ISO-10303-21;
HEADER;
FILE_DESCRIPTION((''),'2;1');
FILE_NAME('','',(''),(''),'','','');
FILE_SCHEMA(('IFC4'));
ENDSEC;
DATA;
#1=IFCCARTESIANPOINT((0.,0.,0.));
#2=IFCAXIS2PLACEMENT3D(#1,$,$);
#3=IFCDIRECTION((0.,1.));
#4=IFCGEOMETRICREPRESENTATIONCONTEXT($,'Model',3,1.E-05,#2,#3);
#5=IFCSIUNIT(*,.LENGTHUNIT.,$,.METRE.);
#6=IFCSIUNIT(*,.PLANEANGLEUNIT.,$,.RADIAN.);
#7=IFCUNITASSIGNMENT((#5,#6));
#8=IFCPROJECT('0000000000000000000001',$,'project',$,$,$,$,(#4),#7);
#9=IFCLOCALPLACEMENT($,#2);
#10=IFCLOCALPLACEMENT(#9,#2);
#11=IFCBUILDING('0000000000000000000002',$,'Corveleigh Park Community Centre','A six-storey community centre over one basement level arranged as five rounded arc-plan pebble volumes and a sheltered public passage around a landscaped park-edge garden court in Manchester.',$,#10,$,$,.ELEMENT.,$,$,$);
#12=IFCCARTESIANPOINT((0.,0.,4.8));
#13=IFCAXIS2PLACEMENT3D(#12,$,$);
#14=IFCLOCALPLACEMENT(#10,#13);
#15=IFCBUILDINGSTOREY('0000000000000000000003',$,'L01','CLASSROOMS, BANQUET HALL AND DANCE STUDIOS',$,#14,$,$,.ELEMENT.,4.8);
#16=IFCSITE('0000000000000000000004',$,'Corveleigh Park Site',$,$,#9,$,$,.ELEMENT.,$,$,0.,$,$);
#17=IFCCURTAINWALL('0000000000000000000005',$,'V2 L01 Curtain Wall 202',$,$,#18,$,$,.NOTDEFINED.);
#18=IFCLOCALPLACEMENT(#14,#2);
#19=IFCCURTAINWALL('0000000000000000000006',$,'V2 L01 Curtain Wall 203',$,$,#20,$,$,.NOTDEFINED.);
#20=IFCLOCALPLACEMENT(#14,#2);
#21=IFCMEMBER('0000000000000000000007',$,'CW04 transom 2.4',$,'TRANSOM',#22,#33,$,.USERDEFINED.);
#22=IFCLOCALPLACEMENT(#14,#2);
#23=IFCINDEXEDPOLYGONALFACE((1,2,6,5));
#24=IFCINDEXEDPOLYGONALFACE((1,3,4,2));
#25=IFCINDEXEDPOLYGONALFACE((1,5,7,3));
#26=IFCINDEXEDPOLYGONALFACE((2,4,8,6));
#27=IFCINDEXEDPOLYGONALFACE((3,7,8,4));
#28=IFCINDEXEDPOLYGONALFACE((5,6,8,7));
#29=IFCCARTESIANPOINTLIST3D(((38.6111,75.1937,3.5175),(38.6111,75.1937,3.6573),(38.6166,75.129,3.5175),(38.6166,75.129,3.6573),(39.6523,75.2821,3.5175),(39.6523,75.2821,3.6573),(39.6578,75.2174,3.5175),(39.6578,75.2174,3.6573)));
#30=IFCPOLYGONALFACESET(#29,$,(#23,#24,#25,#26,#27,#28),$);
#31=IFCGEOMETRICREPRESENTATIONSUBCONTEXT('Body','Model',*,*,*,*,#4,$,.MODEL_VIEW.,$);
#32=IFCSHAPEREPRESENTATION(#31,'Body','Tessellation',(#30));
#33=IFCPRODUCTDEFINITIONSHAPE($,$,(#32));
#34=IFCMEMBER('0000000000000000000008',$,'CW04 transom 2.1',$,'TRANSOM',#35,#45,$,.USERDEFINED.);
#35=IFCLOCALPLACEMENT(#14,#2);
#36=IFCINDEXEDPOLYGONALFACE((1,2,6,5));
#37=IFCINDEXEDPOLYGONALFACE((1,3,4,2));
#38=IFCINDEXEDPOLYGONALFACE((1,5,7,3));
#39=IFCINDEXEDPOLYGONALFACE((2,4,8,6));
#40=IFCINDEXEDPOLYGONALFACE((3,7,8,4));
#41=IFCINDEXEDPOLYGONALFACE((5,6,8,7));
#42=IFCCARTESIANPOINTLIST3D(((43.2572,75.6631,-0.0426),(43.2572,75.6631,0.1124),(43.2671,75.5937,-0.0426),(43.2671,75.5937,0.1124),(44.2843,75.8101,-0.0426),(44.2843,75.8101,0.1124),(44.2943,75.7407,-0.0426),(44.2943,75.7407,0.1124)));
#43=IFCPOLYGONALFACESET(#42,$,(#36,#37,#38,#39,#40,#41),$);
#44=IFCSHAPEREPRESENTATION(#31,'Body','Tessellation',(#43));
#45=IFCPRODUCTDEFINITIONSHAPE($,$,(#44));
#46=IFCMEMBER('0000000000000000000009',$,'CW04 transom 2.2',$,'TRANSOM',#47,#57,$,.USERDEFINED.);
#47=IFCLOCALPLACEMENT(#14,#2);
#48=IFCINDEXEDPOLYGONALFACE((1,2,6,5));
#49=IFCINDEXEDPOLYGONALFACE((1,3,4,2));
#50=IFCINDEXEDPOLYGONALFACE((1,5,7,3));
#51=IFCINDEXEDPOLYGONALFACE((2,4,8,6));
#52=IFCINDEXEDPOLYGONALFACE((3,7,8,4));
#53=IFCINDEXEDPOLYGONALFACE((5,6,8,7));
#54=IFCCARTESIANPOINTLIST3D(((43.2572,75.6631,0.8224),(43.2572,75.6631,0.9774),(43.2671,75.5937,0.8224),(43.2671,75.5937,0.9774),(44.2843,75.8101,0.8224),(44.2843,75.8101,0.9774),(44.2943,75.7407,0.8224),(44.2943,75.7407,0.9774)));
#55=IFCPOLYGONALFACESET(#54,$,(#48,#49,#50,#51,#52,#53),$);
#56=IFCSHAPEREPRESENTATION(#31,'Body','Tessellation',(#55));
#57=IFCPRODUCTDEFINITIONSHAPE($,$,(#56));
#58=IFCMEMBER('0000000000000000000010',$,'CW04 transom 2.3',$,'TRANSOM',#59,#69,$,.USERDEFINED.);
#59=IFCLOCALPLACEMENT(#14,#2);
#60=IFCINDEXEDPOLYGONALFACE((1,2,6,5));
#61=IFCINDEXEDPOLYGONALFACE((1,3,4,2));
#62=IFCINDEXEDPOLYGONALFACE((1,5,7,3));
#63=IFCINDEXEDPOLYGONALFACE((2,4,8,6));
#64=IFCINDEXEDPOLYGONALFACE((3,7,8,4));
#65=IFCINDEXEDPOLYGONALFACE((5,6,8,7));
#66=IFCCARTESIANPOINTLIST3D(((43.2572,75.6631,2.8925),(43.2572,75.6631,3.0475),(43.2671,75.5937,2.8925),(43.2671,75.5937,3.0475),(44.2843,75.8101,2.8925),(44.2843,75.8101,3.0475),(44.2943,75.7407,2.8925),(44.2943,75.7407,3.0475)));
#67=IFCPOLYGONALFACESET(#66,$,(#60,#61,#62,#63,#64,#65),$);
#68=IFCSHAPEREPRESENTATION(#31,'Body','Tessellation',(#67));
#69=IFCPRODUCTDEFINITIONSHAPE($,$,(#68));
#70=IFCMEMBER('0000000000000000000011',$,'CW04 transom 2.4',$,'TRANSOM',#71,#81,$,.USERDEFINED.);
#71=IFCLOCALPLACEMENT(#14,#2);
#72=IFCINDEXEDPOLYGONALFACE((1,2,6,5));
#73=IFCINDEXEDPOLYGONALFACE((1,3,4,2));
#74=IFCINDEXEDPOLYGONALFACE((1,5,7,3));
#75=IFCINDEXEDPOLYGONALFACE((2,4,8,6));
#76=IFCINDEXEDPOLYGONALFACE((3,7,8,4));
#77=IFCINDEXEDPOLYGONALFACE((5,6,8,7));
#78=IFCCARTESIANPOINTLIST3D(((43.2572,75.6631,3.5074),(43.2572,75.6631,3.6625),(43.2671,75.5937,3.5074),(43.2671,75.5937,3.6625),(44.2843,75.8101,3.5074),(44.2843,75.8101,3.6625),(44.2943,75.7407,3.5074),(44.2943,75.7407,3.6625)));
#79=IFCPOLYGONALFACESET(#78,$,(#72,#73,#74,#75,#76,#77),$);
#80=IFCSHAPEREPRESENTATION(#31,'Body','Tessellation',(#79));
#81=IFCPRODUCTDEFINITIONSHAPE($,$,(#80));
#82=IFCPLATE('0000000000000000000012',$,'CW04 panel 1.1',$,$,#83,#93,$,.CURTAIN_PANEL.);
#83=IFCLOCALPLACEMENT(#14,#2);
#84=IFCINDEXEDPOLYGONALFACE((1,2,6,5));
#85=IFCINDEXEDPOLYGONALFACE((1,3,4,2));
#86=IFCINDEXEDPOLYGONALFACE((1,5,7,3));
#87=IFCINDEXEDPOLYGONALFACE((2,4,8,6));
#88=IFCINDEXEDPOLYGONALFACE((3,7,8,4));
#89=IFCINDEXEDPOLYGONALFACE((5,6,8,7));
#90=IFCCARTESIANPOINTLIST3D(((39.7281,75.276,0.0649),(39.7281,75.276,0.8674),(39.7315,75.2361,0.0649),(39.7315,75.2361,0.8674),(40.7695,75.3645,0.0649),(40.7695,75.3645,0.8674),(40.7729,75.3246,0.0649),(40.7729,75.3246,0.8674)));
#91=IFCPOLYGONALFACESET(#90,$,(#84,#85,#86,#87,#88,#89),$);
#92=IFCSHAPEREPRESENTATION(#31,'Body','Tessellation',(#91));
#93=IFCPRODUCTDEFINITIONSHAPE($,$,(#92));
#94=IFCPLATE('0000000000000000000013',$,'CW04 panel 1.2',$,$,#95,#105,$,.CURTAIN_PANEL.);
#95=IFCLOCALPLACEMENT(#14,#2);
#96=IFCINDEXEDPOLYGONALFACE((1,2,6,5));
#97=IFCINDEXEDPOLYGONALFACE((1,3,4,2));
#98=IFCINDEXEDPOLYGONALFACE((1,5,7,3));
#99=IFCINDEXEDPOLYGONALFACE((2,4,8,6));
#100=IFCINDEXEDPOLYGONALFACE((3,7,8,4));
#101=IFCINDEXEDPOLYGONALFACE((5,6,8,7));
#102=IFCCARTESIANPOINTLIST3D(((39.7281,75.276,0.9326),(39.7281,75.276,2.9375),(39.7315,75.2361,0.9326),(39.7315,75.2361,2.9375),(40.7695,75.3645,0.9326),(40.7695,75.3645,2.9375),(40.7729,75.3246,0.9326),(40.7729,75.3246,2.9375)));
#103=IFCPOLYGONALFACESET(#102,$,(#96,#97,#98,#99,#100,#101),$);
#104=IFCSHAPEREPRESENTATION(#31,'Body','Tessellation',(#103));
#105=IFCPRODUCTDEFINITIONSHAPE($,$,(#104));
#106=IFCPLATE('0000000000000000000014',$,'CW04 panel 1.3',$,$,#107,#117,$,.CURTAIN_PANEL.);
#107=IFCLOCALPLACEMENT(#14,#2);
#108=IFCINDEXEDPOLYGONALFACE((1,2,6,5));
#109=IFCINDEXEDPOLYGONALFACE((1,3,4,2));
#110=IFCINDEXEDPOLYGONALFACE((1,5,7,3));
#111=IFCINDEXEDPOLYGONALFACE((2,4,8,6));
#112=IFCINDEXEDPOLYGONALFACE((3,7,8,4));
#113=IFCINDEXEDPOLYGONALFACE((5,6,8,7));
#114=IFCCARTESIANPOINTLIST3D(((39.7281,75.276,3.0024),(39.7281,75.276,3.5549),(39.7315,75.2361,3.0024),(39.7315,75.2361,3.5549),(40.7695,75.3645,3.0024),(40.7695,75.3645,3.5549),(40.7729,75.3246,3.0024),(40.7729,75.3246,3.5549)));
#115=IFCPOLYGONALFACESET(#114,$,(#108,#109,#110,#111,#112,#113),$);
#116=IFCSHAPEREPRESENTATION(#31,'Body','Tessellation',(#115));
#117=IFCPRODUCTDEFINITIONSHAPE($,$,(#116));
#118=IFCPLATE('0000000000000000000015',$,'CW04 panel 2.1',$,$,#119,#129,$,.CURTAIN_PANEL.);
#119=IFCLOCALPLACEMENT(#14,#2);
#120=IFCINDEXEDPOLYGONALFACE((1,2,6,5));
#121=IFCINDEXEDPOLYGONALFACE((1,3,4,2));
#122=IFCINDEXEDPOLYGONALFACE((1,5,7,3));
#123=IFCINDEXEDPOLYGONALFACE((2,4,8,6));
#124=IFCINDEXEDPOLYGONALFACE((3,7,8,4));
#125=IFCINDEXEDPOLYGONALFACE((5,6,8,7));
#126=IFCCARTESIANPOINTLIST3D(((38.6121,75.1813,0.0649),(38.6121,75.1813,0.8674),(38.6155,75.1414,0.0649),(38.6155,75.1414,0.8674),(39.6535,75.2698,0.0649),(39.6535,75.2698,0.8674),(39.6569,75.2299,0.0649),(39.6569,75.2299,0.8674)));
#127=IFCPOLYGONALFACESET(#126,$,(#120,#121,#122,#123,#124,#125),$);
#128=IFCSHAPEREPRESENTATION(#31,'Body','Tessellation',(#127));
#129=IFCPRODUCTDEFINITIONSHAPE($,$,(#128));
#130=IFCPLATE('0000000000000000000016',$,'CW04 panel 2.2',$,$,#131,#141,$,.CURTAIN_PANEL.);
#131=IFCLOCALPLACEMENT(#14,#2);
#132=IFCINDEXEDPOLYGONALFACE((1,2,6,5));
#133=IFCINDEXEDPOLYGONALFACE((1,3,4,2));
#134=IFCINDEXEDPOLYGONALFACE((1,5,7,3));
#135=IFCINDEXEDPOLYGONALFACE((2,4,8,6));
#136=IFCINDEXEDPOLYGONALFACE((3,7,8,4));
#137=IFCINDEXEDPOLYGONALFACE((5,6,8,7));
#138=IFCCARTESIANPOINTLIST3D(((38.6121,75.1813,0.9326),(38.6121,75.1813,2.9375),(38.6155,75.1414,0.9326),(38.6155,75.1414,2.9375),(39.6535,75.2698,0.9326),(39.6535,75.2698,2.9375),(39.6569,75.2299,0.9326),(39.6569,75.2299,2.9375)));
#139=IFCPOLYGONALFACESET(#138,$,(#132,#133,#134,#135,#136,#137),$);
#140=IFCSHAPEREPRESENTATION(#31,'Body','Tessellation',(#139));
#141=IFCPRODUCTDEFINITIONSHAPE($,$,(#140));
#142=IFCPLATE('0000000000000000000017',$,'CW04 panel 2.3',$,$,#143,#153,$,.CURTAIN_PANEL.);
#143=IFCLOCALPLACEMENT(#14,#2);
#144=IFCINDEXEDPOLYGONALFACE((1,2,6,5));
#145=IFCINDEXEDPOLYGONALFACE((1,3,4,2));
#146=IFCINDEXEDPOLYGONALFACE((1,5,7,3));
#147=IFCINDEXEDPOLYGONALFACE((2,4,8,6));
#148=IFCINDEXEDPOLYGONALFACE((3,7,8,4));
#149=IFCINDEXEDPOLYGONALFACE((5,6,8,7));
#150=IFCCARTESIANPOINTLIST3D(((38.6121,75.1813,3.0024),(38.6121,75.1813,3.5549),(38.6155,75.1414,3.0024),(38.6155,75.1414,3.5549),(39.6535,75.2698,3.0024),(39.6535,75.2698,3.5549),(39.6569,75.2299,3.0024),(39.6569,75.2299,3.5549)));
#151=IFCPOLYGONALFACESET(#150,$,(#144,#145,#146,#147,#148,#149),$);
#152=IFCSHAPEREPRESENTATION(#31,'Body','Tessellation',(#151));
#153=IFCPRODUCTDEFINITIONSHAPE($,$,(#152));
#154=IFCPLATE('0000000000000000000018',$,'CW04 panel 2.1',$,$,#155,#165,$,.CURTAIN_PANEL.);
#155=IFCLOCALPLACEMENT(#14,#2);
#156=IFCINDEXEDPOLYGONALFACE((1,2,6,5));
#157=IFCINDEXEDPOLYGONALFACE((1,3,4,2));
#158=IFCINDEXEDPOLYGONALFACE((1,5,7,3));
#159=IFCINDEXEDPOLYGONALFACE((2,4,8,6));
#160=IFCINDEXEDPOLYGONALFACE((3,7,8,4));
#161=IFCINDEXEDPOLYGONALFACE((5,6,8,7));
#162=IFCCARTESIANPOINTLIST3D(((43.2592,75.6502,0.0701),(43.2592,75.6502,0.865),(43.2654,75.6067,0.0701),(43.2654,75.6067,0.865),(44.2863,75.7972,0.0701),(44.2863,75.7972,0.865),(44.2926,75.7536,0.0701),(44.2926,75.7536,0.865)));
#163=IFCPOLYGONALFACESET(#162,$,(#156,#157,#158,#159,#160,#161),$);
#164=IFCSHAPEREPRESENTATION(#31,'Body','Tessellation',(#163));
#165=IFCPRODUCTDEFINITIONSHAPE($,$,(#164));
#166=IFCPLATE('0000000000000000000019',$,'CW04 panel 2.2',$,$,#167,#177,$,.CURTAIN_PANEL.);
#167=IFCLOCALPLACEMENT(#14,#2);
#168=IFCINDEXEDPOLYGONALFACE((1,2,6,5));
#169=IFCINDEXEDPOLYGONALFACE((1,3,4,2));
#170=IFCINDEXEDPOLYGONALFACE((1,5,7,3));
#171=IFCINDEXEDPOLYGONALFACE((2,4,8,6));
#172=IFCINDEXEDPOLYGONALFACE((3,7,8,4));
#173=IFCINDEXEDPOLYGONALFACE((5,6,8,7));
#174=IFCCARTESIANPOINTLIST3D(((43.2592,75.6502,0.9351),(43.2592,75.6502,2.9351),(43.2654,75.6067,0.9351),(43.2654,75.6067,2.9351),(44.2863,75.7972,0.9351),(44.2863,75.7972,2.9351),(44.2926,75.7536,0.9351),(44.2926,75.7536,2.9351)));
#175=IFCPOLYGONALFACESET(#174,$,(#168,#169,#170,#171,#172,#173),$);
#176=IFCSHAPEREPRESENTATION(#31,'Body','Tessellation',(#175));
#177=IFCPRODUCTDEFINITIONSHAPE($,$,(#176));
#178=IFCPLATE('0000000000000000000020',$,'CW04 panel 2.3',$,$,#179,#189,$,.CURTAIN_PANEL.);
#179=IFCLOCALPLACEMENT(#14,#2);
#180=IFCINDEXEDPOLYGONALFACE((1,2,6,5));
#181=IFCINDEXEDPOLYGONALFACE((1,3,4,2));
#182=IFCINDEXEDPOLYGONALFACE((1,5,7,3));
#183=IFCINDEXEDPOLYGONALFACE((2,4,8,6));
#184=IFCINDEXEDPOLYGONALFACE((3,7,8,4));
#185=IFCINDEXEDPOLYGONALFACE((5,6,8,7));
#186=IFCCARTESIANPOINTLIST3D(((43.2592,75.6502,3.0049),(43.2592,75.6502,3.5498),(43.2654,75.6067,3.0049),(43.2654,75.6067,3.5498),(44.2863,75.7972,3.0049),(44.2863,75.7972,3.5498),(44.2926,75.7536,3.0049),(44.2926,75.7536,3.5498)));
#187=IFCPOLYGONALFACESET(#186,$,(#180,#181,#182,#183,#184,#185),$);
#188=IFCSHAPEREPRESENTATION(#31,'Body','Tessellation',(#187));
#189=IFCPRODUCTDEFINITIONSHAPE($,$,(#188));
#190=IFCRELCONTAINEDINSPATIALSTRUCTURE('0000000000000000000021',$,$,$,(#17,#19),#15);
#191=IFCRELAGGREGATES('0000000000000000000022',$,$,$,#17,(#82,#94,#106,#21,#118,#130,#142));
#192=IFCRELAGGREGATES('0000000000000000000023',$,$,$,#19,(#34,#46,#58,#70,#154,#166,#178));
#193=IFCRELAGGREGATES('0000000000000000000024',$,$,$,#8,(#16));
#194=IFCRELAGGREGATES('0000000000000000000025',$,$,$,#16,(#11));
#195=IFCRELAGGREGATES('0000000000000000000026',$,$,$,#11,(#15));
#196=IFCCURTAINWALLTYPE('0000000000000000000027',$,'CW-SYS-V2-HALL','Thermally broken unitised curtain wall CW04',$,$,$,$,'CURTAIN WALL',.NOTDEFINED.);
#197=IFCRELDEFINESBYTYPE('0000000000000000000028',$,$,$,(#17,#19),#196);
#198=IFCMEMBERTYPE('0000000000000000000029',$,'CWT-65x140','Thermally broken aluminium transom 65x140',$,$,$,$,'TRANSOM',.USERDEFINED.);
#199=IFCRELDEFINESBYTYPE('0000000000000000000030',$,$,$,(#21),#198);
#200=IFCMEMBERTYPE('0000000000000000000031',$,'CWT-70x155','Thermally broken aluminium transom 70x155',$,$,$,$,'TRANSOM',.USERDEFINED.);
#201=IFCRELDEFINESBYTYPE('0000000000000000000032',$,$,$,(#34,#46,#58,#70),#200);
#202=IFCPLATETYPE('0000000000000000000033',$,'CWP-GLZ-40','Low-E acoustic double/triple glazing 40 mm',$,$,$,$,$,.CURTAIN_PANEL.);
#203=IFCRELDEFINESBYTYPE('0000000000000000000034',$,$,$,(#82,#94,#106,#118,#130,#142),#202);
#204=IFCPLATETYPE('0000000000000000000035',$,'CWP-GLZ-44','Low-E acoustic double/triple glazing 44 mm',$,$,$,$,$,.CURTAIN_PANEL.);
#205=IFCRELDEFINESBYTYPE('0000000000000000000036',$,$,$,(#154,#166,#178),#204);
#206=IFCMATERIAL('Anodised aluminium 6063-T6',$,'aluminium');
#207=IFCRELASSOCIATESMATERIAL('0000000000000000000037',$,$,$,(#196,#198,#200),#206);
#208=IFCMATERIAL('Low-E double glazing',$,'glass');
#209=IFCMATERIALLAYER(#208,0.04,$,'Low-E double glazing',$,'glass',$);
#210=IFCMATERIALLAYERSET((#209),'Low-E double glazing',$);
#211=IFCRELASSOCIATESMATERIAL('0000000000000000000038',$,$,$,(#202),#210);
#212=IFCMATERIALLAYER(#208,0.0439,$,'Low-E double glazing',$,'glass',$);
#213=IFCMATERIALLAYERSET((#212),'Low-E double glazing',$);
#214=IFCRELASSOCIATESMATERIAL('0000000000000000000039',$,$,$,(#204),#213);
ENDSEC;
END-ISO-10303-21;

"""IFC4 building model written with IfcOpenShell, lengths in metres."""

from ifc_helpers import new_model, si_unit, direction, frame, origin, origin_2d, place, context, subcontext, project, spatial, rectangle, extrude, material, layer, layer_set, material_profile, profile_set, type_object, element, aggregate, save


model = new_model("IFC4")

# Units and contexts
model_context = context("Model", 3, precision=1e-05, world=origin(), true_north=direction((0.0, 1.0)))
body_context = subcontext(model_context, "Body", "Model", "MODEL_VIEW")
ifc_project = project(units=[si_unit("LENGTHUNIT", "METRE"), si_unit("PLANEANGLEUNIT", "RADIAN")], contexts=[model_context])

# Site, building, storey
site_placement = place(None, origin())
site = spatial("IfcSite", under=ifc_project, at=site_placement, Name="Corveleigh Park Site", CompositionType="ELEMENT", RefElevation=0.0)
building_placement = place(site_placement, origin())
building = spatial("IfcBuilding", under=site, at=building_placement, Name="Corveleigh Park Community Centre", Description="A six-storey community centre over one basement level arranged as five rounded arc-plan pebble volumes and a sheltered public passage around a landscaped park-edge garden court in Manchester.", CompositionType="ELEMENT")
storey_placement = place(building_placement, frame((0.0, 0.0, 4.8)))
storey = spatial("IfcBuildingStorey", under=building, at=storey_placement, Name="L01", Description="CLASSROOMS, BANQUET HALL AND DANCE STUDIOS", CompositionType="ELEMENT", Elevation=4.8)

# Shared definitions
ifc_material_1 = material(Name="Anodised aluminium 6063-T6", Category="aluminium")
curtain_wall_type = type_object("IfcCurtainWallType", Name="CW-SYS-V2-HALL", Description="Thermally broken unitised curtain wall CW04", ElementType="CURTAIN WALL", PredefinedType="NOTDEFINED", material=ifc_material_1)

# Curtain walls
curtain_wall_1_placement = place(storey_placement, origin())
curtain_wall_1 = element("IfcCurtainWall", 1, at=curtain_wall_1_placement, inside=storey, type_object=curtain_wall_type, Name="V2 L01 Curtain Wall 202", PredefinedType="NOTDEFINED")
curtain_wall_2_placement = place(storey_placement, origin())
curtain_wall_2 = element("IfcCurtainWall", 2, at=curtain_wall_2_placement, inside=storey, type_object=curtain_wall_type, Name="V2 L01 Curtain Wall 203", PredefinedType="NOTDEFINED")

# Members
ifc_material_profile_1 = material_profile(ifc_material_1, rectangle(XDim=0.0649, YDim=0.1399, at=origin_2d()), Name="ALU-T65x140", Category="aluminium")
ifc_profile_set_1 = profile_set([ifc_material_profile_1], Name="Anodised aluminium 6063-T6")
member_type_1 = type_object("IfcMemberType", Name="CWT-65x140", Description="Thermally broken aluminium transom 65x140", ElementType="TRANSOM", PredefinedType="USERDEFINED", material=ifc_profile_set_1)
member_1_placement = place(storey_placement, frame((39.655, 75.2498, 3.5874), z_axis=(-0.996417, -0.084573, 0.0), x_axis=(0.084573, -0.996417, 0.0)))
member_1 = element("IfcMember", 3, at=member_1_placement, type_object=member_type_1, Name="CW04 transom 2.4", ObjectType="TRANSOM", PredefinedType="USERDEFINED", context=body_context, shape_type="SweptSolid", body=[
    extrude(rectangle(XDim=0.0649, YDim=0.1399, at=origin_2d()), origin(), (0.0, 0.0, 1.0), 1.0449),
])
ifc_material_profile_2 = material_profile(ifc_material_1, rectangle(XDim=0.0701, YDim=0.155, at=origin_2d()), Name="ALU-T70x155", Category="aluminium")
ifc_profile_set_2 = profile_set([ifc_material_profile_2], Name="Anodised aluminium 6063-T6")
member_type_2 = type_object("IfcMemberType", Name="CWT-70x155", Description="Thermally broken aluminium transom 70x155", ElementType="TRANSOM", PredefinedType="USERDEFINED", material=ifc_profile_set_2)
member_2_placement = place(storey_placement, frame((44.2893, 75.7754, 0.0349), z_axis=(-0.989917, -0.141652, 0.0), x_axis=(0.141652, -0.989917, 0.0)))
member_2 = element("IfcMember", 4, at=member_2_placement, type_object=member_type_2, Name="CW04 transom 2.1", ObjectType="TRANSOM", PredefinedType="USERDEFINED", context=body_context, shape_type="SweptSolid", body=[
    extrude(rectangle(XDim=0.0701, YDim=0.155, at=origin_2d()), origin(), (0.0, 0.0, 1.0), 1.0376),
])
member_3_placement = place(storey_placement, frame((44.2893, 75.7754, 0.8999), z_axis=(-0.989917, -0.141652, 0.0), x_axis=(0.141652, -0.989917, 0.0)))
member_3 = element("IfcMember", 5, at=member_3_placement, type_object=member_type_2, Name="CW04 transom 2.2", ObjectType="TRANSOM", PredefinedType="USERDEFINED", context=body_context, shape_type="SweptSolid", body=[
    extrude(rectangle(XDim=0.0701, YDim=0.155, at=origin_2d()), origin(), (0.0, 0.0, 1.0), 1.0376),
])
member_4_placement = place(storey_placement, frame((44.2893, 75.7754, 2.97), z_axis=(-0.989917, -0.141652, 0.0), x_axis=(0.141652, -0.989917, 0.0)))
member_4 = element("IfcMember", 6, at=member_4_placement, type_object=member_type_2, Name="CW04 transom 2.3", ObjectType="TRANSOM", PredefinedType="USERDEFINED", context=body_context, shape_type="SweptSolid", body=[
    extrude(rectangle(XDim=0.0701, YDim=0.155, at=origin_2d()), origin(), (0.0, 0.0, 1.0), 1.0376),
])
member_5_placement = place(storey_placement, frame((44.2893, 75.7754, 3.585), z_axis=(-0.989917, -0.141652, 0.0), x_axis=(0.141652, -0.989917, 0.0)))
member_5 = element("IfcMember", 7, at=member_5_placement, type_object=member_type_2, Name="CW04 transom 2.4", ObjectType="TRANSOM", PredefinedType="USERDEFINED", context=body_context, shape_type="SweptSolid", body=[
    extrude(rectangle(XDim=0.0701, YDim=0.155, at=origin_2d()), origin(), (0.0, 0.0, 1.0), 1.0376),
])

# Plates
ifc_material_2 = material(Name="Low-E double glazing", Category="glass")
ifc_layer_1 = layer(ifc_material_2, 0.04, Name="Low-E double glazing", Category="glass")
ifc_layer_set_1 = layer_set([ifc_layer_1], Name="Low-E double glazing")
plate_type_1 = type_object("IfcPlateType", Name="CWP-GLZ-40", Description="Low-E acoustic double/triple glazing 40 mm", PredefinedType="CURTAIN_PANEL", material=ifc_layer_set_1)
plate_1_placement = place(storey_placement, frame((40.2505, 75.3003, 0.0649), z_axis=(0.0, 0.0, 1.0), x_axis=(-0.99641, -0.084654, 0.0)))
plate_1 = element("IfcPlate", 8, at=plate_1_placement, type_object=plate_type_1, Name="CW04 panel 1.1", PredefinedType="CURTAIN_PANEL", context=body_context, shape_type="SweptSolid", body=[
    extrude(rectangle(XDim=1.0452, YDim=0.04, at=origin_2d()), origin(), (0.0, 0.0, 1.0), 0.8025),
])
plate_2_placement = place(storey_placement, frame((40.2505, 75.3003, 0.9326), z_axis=(0.0, 0.0, 1.0), x_axis=(-0.99641, -0.084654, 0.0)))
plate_2 = element("IfcPlate", 9, at=plate_2_placement, type_object=plate_type_1, Name="CW04 panel 1.2", PredefinedType="CURTAIN_PANEL", context=body_context, shape_type="SweptSolid", body=[
    extrude(rectangle(XDim=1.0452, YDim=0.04, at=origin_2d()), origin(), (0.0, 0.0, 1.0), 2.0049),
])
plate_3_placement = place(storey_placement, frame((40.2505, 75.3003, 3.0024), z_axis=(0.0, 0.0, 1.0), x_axis=(-0.99641, -0.084654, 0.0)))
plate_3 = element("IfcPlate", 10, at=plate_3_placement, type_object=plate_type_1, Name="CW04 panel 1.3", PredefinedType="CURTAIN_PANEL", context=body_context, shape_type="SweptSolid", body=[
    extrude(rectangle(XDim=1.0452, YDim=0.04, at=origin_2d()), origin(), (0.0, 0.0, 1.0), 0.5525),
])
plate_4_placement = place(storey_placement, frame((39.1345, 75.2056, 0.0649), z_axis=(0.0, 0.0, 1.0), x_axis=(-0.99641, -0.084654, 0.0)))
plate_4 = element("IfcPlate", 11, at=plate_4_placement, type_object=plate_type_1, Name="CW04 panel 2.1", PredefinedType="CURTAIN_PANEL", context=body_context, shape_type="SweptSolid", body=[
    extrude(rectangle(XDim=1.0452, YDim=0.04, at=origin_2d()), origin(), (0.0, 0.0, 1.0), 0.8025),
])
plate_5_placement = place(storey_placement, frame((39.1345, 75.2056, 0.9326), z_axis=(0.0, 0.0, 1.0), x_axis=(-0.99641, -0.084654, 0.0)))
plate_5 = element("IfcPlate", 12, at=plate_5_placement, type_object=plate_type_1, Name="CW04 panel 2.2", PredefinedType="CURTAIN_PANEL", context=body_context, shape_type="SweptSolid", body=[
    extrude(rectangle(XDim=1.0452, YDim=0.04, at=origin_2d()), origin(), (0.0, 0.0, 1.0), 2.0049),
])
plate_6_placement = place(storey_placement, frame((39.1345, 75.2056, 3.0024), z_axis=(0.0, 0.0, 1.0), x_axis=(-0.99641, -0.084654, 0.0)))
plate_6 = element("IfcPlate", 13, at=plate_6_placement, type_object=plate_type_1, Name="CW04 panel 2.3", PredefinedType="CURTAIN_PANEL", context=body_context, shape_type="SweptSolid", body=[
    extrude(rectangle(XDim=1.0452, YDim=0.04, at=origin_2d()), origin(), (0.0, 0.0, 1.0), 0.5525),
])
aggregate(curtain_wall_1, [plate_1, plate_2, plate_3, member_1, plate_4, plate_5, plate_6])
ifc_layer_2 = layer(ifc_material_2, 0.0439, Name="Low-E double glazing", Category="glass")
ifc_layer_set_2 = layer_set([ifc_layer_2], Name="Low-E double glazing")
plate_type_2 = type_object("IfcPlateType", Name="CWP-GLZ-44", Description="Low-E acoustic double/triple glazing 44 mm", PredefinedType="CURTAIN_PANEL", material=ifc_layer_set_2)
plate_7_placement = place(storey_placement, frame((43.7759, 75.7019, 0.0701), z_axis=(0.0, 0.0, 1.0), x_axis=(-0.989915, -0.141663, 0.0)))
plate_7 = element("IfcPlate", 14, at=plate_7_placement, type_object=plate_type_2, Name="CW04 panel 2.1", PredefinedType="CURTAIN_PANEL", context=body_context, shape_type="SweptSolid", body=[
    extrude(rectangle(XDim=1.0376, YDim=0.0439, at=origin_2d()), origin(), (0.0, 0.0, 1.0), 0.7949),
])
plate_8_placement = place(storey_placement, frame((43.7759, 75.7019, 0.9351), z_axis=(0.0, 0.0, 1.0), x_axis=(-0.989915, -0.141663, 0.0)))
plate_8 = element("IfcPlate", 15, at=plate_8_placement, type_object=plate_type_2, Name="CW04 panel 2.2", PredefinedType="CURTAIN_PANEL", context=body_context, shape_type="SweptSolid", body=[
    extrude(rectangle(XDim=1.0376, YDim=0.0439, at=origin_2d()), origin(), (0.0, 0.0, 1.0), 2.0),
])
plate_9_placement = place(storey_placement, frame((43.7759, 75.7019, 3.0049), z_axis=(0.0, 0.0, 1.0), x_axis=(-0.989915, -0.141663, 0.0)))
plate_9 = element("IfcPlate", 16, at=plate_9_placement, type_object=plate_type_2, Name="CW04 panel 2.3", PredefinedType="CURTAIN_PANEL", context=body_context, shape_type="SweptSolid", body=[
    extrude(rectangle(XDim=1.0376, YDim=0.0439, at=origin_2d()), origin(), (0.0, 0.0, 1.0), 0.5449),
])
aggregate(curtain_wall_2, [member_2, member_3, member_4, member_5, plate_7, plate_8, plate_9])

save(model, "model.ifc")
